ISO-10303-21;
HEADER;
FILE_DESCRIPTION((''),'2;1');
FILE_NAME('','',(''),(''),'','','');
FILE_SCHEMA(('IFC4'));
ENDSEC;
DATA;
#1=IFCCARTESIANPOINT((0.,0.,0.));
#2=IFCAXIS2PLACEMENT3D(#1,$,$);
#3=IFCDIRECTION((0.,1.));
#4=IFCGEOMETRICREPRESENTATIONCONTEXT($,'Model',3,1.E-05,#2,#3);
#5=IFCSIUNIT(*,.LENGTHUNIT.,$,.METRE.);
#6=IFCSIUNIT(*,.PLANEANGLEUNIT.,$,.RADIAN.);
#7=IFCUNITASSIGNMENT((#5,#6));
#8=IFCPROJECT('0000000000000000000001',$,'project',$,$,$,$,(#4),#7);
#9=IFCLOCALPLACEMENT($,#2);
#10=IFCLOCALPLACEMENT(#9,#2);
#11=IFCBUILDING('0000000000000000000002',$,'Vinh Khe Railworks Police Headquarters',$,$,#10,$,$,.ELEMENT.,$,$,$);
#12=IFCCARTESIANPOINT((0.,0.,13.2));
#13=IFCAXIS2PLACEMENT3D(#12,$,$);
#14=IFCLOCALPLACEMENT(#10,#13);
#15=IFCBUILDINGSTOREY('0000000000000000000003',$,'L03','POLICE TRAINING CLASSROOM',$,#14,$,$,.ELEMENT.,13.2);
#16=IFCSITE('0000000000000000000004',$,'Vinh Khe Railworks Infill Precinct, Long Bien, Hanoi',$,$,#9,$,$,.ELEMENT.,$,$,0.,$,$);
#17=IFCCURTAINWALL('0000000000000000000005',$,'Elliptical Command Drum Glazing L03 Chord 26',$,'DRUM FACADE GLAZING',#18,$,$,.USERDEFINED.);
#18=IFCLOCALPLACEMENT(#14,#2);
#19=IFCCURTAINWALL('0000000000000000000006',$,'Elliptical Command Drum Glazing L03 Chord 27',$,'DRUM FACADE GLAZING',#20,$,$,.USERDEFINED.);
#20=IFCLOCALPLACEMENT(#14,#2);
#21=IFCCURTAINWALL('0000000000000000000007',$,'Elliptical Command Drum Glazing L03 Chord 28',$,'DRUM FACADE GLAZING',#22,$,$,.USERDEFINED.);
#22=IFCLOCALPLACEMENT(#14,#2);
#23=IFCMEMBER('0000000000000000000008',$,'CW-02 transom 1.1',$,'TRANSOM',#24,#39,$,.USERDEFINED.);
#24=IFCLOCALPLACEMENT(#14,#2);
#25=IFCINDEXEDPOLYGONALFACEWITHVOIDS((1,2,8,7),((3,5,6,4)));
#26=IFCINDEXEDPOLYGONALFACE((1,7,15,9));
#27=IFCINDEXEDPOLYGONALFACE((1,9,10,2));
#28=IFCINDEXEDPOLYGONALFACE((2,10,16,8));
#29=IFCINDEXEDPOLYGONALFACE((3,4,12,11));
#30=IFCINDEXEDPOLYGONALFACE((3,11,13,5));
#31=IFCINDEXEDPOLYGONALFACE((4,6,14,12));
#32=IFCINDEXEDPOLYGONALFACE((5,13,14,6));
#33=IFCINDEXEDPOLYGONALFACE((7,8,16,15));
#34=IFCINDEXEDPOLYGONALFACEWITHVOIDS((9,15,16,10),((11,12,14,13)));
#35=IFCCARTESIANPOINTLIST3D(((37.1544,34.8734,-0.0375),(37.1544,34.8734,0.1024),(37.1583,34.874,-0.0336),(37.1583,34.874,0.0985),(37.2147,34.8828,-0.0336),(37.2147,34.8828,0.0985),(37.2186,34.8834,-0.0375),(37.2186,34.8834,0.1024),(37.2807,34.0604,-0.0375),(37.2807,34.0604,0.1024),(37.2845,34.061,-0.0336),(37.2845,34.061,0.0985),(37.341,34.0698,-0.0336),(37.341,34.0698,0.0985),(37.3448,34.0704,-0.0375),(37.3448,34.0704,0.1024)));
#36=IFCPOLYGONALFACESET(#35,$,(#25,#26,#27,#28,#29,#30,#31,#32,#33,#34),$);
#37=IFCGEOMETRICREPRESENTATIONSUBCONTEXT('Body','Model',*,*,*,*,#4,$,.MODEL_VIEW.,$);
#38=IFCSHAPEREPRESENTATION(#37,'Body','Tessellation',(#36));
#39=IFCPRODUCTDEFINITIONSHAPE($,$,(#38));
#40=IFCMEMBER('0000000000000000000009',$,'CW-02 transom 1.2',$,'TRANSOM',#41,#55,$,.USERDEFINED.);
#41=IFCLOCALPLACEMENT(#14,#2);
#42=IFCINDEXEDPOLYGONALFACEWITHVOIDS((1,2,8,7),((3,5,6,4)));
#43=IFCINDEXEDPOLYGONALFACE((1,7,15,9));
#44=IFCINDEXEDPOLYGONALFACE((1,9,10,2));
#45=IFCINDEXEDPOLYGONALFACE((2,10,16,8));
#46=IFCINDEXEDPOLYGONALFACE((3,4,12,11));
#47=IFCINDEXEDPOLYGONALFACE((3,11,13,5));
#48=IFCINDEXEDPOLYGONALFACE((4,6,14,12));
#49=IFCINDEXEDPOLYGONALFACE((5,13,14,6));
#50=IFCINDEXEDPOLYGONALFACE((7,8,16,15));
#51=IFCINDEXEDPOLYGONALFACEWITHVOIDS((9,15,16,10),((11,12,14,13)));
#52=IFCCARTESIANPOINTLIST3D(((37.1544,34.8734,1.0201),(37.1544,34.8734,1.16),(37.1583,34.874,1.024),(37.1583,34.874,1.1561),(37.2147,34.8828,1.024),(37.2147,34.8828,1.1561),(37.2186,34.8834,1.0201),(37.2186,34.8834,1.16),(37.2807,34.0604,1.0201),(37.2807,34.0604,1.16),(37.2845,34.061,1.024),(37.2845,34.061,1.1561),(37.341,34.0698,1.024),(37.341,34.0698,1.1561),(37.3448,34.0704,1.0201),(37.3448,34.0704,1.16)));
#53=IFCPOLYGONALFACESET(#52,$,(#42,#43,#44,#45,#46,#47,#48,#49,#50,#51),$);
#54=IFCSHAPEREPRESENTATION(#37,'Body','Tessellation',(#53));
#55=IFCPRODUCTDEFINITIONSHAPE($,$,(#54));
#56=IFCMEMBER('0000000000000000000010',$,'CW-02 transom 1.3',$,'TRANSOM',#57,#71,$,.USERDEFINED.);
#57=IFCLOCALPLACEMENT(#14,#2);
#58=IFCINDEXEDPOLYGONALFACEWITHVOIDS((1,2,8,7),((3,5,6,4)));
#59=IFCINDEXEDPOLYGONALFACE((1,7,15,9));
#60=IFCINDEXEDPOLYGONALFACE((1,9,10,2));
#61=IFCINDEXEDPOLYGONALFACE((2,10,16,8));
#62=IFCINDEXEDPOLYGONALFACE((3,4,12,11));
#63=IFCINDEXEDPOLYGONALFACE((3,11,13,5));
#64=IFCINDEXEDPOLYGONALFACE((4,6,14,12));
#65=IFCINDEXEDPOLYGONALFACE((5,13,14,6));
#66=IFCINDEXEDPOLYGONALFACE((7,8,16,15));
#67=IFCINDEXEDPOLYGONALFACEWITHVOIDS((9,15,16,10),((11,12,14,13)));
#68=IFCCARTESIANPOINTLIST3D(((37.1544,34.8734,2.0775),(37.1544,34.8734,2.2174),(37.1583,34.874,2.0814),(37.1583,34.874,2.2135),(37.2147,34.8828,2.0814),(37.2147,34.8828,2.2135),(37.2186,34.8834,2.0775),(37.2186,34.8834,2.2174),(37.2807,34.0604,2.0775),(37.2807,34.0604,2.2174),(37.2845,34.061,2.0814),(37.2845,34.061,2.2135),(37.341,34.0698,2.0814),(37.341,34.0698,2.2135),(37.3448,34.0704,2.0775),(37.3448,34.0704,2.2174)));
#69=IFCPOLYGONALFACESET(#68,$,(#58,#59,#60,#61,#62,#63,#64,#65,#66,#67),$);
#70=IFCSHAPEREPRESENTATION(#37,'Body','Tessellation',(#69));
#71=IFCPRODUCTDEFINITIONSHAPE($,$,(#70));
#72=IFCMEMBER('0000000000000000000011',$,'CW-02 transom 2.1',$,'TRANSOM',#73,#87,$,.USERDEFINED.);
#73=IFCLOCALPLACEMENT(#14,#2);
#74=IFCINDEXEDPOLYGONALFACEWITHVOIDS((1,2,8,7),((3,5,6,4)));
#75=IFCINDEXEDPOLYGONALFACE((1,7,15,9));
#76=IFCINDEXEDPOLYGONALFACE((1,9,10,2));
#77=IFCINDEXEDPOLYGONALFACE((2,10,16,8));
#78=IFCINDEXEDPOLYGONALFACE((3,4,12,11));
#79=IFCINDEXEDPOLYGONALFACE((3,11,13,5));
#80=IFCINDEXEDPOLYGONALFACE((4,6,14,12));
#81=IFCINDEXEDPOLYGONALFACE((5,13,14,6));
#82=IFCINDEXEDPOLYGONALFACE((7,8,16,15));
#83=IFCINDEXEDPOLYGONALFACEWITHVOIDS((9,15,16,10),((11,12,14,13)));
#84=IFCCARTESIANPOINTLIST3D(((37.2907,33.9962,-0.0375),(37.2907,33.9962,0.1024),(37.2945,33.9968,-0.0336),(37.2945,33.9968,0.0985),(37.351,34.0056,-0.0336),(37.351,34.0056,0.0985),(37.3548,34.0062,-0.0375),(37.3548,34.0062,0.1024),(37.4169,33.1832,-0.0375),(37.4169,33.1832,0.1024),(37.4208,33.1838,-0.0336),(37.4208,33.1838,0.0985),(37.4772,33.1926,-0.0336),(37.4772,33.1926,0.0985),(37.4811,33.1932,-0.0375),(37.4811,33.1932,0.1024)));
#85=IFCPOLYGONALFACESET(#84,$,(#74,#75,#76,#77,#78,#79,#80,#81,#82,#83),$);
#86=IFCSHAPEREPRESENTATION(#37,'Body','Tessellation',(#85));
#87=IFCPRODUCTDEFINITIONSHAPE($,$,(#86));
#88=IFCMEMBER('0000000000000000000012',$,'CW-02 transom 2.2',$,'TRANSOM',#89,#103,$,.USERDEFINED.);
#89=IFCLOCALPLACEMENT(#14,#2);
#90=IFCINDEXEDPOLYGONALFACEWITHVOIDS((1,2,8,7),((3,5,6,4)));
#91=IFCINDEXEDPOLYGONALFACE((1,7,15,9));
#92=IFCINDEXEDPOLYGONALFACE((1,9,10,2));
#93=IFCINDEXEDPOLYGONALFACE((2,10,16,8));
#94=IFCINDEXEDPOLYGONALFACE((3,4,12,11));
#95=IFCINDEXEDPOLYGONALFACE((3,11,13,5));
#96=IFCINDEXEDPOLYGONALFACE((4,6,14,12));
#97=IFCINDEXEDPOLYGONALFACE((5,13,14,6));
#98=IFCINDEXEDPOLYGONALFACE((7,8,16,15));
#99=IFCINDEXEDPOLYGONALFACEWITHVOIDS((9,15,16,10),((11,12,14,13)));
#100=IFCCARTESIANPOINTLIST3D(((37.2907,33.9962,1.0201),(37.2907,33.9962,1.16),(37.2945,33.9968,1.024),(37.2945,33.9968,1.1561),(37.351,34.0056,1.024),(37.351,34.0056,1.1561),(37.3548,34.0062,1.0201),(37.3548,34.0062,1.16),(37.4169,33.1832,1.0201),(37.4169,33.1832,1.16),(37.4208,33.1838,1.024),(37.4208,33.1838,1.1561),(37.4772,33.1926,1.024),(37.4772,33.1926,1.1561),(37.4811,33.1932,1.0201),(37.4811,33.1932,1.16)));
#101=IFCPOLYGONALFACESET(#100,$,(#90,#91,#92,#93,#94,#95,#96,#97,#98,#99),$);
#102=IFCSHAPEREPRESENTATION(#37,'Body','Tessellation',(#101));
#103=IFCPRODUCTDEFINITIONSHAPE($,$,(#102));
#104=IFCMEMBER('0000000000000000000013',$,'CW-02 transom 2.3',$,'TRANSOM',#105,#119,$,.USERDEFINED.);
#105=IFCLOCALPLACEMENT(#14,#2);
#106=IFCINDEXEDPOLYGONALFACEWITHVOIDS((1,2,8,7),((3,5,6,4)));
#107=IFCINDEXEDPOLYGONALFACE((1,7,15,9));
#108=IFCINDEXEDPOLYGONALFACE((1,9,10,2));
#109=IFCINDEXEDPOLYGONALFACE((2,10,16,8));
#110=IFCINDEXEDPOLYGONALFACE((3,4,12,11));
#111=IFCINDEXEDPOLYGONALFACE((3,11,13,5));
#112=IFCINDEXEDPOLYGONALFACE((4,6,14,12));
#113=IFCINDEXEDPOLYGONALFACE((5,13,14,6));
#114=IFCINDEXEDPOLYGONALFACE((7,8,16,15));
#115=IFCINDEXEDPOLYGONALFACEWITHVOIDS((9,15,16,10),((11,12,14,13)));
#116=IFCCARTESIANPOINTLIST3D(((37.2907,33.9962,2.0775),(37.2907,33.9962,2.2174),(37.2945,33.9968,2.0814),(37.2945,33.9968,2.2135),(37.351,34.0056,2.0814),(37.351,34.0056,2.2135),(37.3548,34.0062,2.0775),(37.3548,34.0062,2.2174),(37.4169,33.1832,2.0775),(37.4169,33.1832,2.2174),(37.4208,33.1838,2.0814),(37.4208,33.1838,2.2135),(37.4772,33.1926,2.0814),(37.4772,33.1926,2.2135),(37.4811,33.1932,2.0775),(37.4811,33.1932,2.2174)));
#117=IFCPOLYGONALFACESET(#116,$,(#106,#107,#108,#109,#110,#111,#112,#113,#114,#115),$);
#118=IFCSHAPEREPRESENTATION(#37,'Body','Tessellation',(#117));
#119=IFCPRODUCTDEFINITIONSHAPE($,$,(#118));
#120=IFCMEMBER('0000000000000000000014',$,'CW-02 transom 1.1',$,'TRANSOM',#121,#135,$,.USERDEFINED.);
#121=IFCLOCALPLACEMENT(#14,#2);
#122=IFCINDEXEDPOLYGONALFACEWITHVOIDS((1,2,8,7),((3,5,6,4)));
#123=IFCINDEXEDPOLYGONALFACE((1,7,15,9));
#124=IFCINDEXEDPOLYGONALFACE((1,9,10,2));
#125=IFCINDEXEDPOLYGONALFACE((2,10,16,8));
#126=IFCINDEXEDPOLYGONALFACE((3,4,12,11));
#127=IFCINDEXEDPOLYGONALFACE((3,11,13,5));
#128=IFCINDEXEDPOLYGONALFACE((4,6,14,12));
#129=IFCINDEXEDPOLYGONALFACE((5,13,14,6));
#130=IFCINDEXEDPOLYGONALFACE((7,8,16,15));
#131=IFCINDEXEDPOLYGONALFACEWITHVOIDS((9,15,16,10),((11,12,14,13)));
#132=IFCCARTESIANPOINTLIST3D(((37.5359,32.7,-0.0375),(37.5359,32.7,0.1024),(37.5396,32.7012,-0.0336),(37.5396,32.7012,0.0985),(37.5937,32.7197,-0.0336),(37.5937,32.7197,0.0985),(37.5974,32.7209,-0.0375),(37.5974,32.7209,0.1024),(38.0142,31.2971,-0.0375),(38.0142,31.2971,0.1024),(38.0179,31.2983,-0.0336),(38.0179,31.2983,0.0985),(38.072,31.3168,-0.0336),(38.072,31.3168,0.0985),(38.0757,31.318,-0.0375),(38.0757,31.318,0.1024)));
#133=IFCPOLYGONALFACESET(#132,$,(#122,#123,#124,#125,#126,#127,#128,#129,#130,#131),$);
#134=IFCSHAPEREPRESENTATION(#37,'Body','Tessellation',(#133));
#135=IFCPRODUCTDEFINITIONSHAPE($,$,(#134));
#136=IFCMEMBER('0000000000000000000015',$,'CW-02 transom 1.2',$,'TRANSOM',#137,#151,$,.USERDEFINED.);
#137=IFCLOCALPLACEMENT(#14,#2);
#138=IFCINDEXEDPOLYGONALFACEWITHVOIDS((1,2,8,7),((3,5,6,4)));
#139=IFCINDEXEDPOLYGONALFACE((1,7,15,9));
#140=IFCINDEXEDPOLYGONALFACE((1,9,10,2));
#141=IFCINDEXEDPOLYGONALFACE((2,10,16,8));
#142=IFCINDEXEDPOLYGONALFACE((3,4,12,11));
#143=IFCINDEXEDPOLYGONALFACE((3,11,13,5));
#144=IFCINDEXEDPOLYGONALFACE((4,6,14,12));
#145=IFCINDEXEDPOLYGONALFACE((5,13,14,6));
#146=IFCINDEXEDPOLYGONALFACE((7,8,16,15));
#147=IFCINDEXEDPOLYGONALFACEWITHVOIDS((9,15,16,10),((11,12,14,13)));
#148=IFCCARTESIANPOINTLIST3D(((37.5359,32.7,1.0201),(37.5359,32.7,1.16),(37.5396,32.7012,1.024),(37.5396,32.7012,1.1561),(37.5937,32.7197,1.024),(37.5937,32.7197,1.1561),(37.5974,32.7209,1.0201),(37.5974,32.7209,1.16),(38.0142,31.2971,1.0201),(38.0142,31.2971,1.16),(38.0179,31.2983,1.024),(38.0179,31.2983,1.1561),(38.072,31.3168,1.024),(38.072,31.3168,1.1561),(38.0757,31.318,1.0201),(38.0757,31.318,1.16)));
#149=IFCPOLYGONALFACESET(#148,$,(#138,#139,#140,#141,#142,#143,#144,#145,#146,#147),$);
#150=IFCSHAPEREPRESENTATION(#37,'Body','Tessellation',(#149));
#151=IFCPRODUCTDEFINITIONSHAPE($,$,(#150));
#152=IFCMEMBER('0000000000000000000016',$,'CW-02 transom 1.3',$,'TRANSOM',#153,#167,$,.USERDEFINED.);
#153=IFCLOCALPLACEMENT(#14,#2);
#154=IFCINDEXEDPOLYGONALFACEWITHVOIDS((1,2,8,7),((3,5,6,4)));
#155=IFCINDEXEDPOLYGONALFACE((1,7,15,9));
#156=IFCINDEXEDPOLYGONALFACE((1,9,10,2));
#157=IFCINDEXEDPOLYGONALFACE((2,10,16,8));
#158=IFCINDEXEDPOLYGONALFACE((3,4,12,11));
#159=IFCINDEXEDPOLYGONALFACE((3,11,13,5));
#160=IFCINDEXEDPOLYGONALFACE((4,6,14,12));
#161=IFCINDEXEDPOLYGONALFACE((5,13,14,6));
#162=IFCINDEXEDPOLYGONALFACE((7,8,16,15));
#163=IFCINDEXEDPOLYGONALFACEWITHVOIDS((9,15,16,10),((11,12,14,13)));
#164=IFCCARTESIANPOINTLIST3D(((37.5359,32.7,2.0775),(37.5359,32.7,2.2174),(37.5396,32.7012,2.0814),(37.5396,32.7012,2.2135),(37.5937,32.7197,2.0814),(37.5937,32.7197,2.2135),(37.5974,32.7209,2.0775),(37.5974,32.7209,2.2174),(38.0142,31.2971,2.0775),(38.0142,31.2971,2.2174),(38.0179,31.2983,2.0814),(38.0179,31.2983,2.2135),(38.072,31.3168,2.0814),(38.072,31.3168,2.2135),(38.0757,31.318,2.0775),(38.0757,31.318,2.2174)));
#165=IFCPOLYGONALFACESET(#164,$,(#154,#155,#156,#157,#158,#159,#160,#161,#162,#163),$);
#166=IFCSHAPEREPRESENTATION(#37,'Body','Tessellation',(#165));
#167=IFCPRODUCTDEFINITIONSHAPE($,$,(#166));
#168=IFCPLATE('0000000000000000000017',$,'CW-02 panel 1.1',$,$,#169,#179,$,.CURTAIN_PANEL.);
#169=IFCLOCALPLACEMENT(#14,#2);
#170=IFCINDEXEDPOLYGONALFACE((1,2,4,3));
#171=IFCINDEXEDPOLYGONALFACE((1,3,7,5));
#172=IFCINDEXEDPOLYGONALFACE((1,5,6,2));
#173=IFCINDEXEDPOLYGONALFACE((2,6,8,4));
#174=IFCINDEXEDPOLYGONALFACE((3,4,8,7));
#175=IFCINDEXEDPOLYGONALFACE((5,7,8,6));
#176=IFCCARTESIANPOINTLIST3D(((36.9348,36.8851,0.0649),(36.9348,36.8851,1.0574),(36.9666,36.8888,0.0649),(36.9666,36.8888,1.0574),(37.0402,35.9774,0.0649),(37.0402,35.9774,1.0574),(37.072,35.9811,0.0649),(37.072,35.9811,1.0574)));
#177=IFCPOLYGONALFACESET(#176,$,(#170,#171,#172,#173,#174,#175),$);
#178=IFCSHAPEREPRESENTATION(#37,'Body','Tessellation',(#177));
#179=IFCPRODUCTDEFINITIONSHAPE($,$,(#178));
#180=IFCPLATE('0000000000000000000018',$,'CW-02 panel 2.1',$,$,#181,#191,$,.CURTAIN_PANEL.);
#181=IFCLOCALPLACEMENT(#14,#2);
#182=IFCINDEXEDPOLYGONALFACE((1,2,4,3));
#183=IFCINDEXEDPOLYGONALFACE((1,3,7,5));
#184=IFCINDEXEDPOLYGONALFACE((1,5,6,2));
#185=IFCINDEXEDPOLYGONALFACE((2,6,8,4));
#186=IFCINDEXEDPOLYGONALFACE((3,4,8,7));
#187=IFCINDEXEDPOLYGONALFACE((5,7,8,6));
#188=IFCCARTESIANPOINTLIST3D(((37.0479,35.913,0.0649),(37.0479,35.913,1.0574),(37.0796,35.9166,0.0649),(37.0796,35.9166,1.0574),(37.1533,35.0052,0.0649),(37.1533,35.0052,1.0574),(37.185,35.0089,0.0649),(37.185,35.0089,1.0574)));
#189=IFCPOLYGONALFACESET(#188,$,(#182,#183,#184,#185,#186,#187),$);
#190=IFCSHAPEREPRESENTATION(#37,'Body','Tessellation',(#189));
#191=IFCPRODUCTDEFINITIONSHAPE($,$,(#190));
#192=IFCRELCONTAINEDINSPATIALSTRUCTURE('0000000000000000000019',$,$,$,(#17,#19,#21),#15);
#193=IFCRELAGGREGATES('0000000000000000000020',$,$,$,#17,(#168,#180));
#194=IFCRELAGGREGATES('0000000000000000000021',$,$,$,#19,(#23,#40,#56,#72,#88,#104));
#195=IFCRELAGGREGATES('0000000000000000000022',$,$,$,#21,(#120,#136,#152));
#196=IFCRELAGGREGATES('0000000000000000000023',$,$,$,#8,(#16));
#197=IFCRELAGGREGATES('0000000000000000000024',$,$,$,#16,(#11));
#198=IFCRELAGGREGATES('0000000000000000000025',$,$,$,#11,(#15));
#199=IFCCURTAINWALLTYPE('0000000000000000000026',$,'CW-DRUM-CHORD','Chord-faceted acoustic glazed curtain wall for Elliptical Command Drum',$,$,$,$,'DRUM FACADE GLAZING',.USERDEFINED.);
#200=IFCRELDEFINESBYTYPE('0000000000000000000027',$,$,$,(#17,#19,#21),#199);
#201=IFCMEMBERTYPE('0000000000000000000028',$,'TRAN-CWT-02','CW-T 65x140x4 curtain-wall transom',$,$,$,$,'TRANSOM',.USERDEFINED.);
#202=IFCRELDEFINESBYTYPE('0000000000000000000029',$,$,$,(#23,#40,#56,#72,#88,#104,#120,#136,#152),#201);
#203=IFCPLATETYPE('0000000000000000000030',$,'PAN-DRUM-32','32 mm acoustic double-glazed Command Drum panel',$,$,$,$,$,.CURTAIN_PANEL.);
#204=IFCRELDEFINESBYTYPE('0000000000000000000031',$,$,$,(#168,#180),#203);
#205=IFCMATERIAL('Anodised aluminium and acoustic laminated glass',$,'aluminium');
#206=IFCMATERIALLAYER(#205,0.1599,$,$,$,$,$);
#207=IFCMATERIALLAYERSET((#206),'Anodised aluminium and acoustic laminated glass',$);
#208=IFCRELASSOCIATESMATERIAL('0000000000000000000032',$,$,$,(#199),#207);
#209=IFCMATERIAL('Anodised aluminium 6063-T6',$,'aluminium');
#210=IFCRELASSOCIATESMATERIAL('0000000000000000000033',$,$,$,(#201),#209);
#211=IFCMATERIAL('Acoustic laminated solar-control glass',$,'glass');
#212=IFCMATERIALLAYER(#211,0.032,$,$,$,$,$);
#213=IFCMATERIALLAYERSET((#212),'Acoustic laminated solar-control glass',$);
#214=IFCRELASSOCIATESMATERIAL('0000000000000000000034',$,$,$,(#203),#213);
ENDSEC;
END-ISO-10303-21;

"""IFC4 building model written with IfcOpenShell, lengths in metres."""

from ifc_helpers import new_model, si_unit, direction, frame, origin, origin_2d, place, context, subcontext, project, spatial, rectangle, hollow_rectangle, extrude, material, layer, layer_set, material_profile, profile_set, type_object, element, aggregate, save


model = new_model("IFC4")

# Units and contexts
model_context = context("Model", 3, precision=1e-05, world=origin(), true_north=direction((0.0, 1.0)))
body_context = subcontext(model_context, "Body", "Model", "MODEL_VIEW")
ifc_project = project(units=[si_unit("LENGTHUNIT", "METRE"), si_unit("PLANEANGLEUNIT", "RADIAN")], contexts=[model_context])

# Site, building, storey
site_placement = place(None, origin())
site = spatial("IfcSite", under=ifc_project, at=site_placement, Name="Vinh Khe Railworks Infill Precinct, Long Bien, Hanoi", CompositionType="ELEMENT", RefElevation=0.0)
building_placement = place(site_placement, origin())
building = spatial("IfcBuilding", under=site, at=building_placement, Name="Vinh Khe Railworks Police Headquarters", CompositionType="ELEMENT")
storey_placement = place(building_placement, frame((0.0, 0.0, 13.2)))
storey = spatial("IfcBuildingStorey", under=building, at=storey_placement, Name="L03", Description="POLICE TRAINING CLASSROOM", CompositionType="ELEMENT", Elevation=13.2)

# Curtain walls
ifc_material_1 = material(Name="Anodised aluminium and acoustic laminated glass", Category="aluminium")
ifc_layer_1 = layer(ifc_material_1, 0.1599)
ifc_layer_set_1 = layer_set([ifc_layer_1], Name="Anodised aluminium and acoustic laminated glass")
curtain_wall_type = type_object("IfcCurtainWallType", Name="CW-DRUM-CHORD", Description="Chord-faceted acoustic glazed curtain wall for Elliptical Command Drum", ElementType="DRUM FACADE GLAZING", PredefinedType="USERDEFINED", material=ifc_layer_set_1)
curtain_wall_1_placement = place(storey_placement, origin())
curtain_wall_1 = element("IfcCurtainWall", 1, at=curtain_wall_1_placement, inside=storey, type_object=curtain_wall_type, Name="Elliptical Command Drum Glazing L03 Chord 26", ObjectType="DRUM FACADE GLAZING", PredefinedType="USERDEFINED")
ifc_material_2 = material(Name="Anodised aluminium 6063-T6", Category="aluminium")
curtain_wall_2_placement = place(storey_placement, origin())
curtain_wall_2 = element("IfcCurtainWall", 2, at=curtain_wall_2_placement, inside=storey, type_object=curtain_wall_type, Name="Elliptical Command Drum Glazing L03 Chord 27", ObjectType="DRUM FACADE GLAZING", PredefinedType="USERDEFINED")

# Curtain wall
curtain_wall_3_placement = place(storey_placement, origin())
curtain_wall_3 = element("IfcCurtainWall", 3, at=curtain_wall_3_placement, inside=storey, type_object=curtain_wall_type, Name="Elliptical Command Drum Glazing L03 Chord 28", ObjectType="DRUM FACADE GLAZING", PredefinedType="USERDEFINED")

# Members
ifc_material_profile_1 = material_profile(ifc_material_2, hollow_rectangle(XDim=0.0649, YDim=0.1399, WallThickness=0.0039, at=origin_2d()), Name="CW-T 65x140x4")
ifc_profile_set_1 = profile_set([ifc_material_profile_1], Name="Anodised aluminium 6063-T6")
member_type_1 = type_object("IfcMemberType", Name="TRAN-CWT-02", Description="CW-T 65x140x4 curtain-wall transom", ElementType="TRANSOM", PredefinedType="USERDEFINED", material=ifc_profile_set_1)
member_1_placement = place(storey_placement, frame((37.1865, 34.8784, 0.0325), z_axis=(0.153417, -0.988161, 0.0), x_axis=(0.988161, 0.153417, 0.0)))
member_1 = element("IfcMember", 4, at=member_1_placement, type_object=member_type_1, Name="CW-02 transom 1.1", ObjectType="TRANSOM", PredefinedType="USERDEFINED", context=body_context, shape_type="SweptSolid", body=[
    extrude(hollow_rectangle(XDim=0.0649, YDim=0.1399, WallThickness=0.0039, at=origin_2d()), origin(), (0.0, 0.0, 1.0), 0.8228),
])
member_2_placement = place(storey_placement, frame((37.1865, 34.8784, 1.0901), z_axis=(0.153417, -0.988161, 0.0), x_axis=(0.988161, 0.153417, 0.0)))
member_2 = element("IfcMember", 5, at=member_2_placement, type_object=member_type_1, Name="CW-02 transom 1.2", ObjectType="TRANSOM", PredefinedType="USERDEFINED", context=body_context, shape_type="SweptSolid", body=[
    extrude(hollow_rectangle(XDim=0.0649, YDim=0.1399, WallThickness=0.0039, at=origin_2d()), origin(), (0.0, 0.0, 1.0), 0.8228),
])
member_3_placement = place(storey_placement, frame((37.1865, 34.8784, 2.1475), z_axis=(0.153417, -0.988161, 0.0), x_axis=(0.988161, 0.153417, 0.0)))
member_3 = element("IfcMember", 6, at=member_3_placement, type_object=member_type_1, Name="CW-02 transom 1.3", ObjectType="TRANSOM", PredefinedType="USERDEFINED", context=body_context, shape_type="SweptSolid", body=[
    extrude(hollow_rectangle(XDim=0.0649, YDim=0.1399, WallThickness=0.0039, at=origin_2d()), origin(), (0.0, 0.0, 1.0), 0.8228),
])
member_4_placement = place(storey_placement, frame((37.3228, 34.0012, 0.0325), z_axis=(0.153417, -0.988161, 0.0), x_axis=(0.988161, 0.153417, 0.0)))
member_4 = element("IfcMember", 7, at=member_4_placement, type_object=member_type_1, Name="CW-02 transom 2.1", ObjectType="TRANSOM", PredefinedType="USERDEFINED", context=body_context, shape_type="SweptSolid", body=[
    extrude(hollow_rectangle(XDim=0.0649, YDim=0.1399, WallThickness=0.0039, at=origin_2d()), origin(), (0.0, 0.0, 1.0), 0.8228),
])
member_5_placement = place(storey_placement, frame((37.3228, 34.0012, 1.0901), z_axis=(0.153417, -0.988161, 0.0), x_axis=(0.988161, 0.153417, 0.0)))
member_5 = element("IfcMember", 8, at=member_5_placement, type_object=member_type_1, Name="CW-02 transom 2.2", ObjectType="TRANSOM", PredefinedType="USERDEFINED", context=body_context, shape_type="SweptSolid", body=[
    extrude(hollow_rectangle(XDim=0.0649, YDim=0.1399, WallThickness=0.0039, at=origin_2d()), origin(), (0.0, 0.0, 1.0), 0.8228),
])
member_6_placement = place(storey_placement, frame((37.3228, 34.0012, 2.1475), z_axis=(0.153417, -0.988161, 0.0), x_axis=(0.988161, 0.153417, 0.0)))
member_6 = element("IfcMember", 9, at=member_6_placement, type_object=member_type_1, Name="CW-02 transom 2.3", ObjectType="TRANSOM", PredefinedType="USERDEFINED", context=body_context, shape_type="SweptSolid", body=[
    extrude(hollow_rectangle(XDim=0.0649, YDim=0.1399, WallThickness=0.0039, at=origin_2d()), origin(), (0.0, 0.0, 1.0), 0.8228),
])
member_7_placement = place(storey_placement, frame((37.5667, 32.7104, 0.0325), z_axis=(0.322694, -0.946503, 0.0), x_axis=(0.946503, 0.322694, 0.0)))
member_7 = element("IfcMember", 10, at=member_7_placement, type_object=member_type_1, Name="CW-02 transom 1.1", ObjectType="TRANSOM", PredefinedType="USERDEFINED", context=body_context, shape_type="SweptSolid", body=[
    extrude(hollow_rectangle(XDim=0.0649, YDim=0.1399, WallThickness=0.0039, at=origin_2d()), origin(), (0.0, 0.0, 1.0), 1.4822),
])
member_8_placement = place(storey_placement, frame((37.5667, 32.7104, 1.0901), z_axis=(0.322694, -0.946503, 0.0), x_axis=(0.946503, 0.322694, 0.0)))
member_8 = element("IfcMember", 11, at=member_8_placement, type_object=member_type_1, Name="CW-02 transom 1.2", ObjectType="TRANSOM", PredefinedType="USERDEFINED", context=body_context, shape_type="SweptSolid", body=[
    extrude(hollow_rectangle(XDim=0.0649, YDim=0.1399, WallThickness=0.0039, at=origin_2d()), origin(), (0.0, 0.0, 1.0), 1.4822),
])
member_9_placement = place(storey_placement, frame((37.5667, 32.7104, 2.1475), z_axis=(0.322694, -0.946503, 0.0), x_axis=(0.946503, 0.322694, 0.0)))
member_9 = element("IfcMember", 12, at=member_9_placement, type_object=member_type_1, Name="CW-02 transom 1.3", ObjectType="TRANSOM", PredefinedType="USERDEFINED", context=body_context, shape_type="SweptSolid", body=[
    extrude(hollow_rectangle(XDim=0.0649, YDim=0.1399, WallThickness=0.0039, at=origin_2d()), origin(), (0.0, 0.0, 1.0), 1.4822),
])

# Plates
ifc_material_3 = material(Name="Acoustic laminated solar-control glass", Category="glass")
ifc_layer_2 = layer(ifc_material_3, 0.032)
ifc_layer_set_2 = layer_set([ifc_layer_2], Name="Acoustic laminated solar-control glass")
plate_type_1 = type_object("IfcPlateType", Name="PAN-DRUM-32", Description="32 mm acoustic double-glazed Command Drum panel", PredefinedType="CURTAIN_PANEL", material=ifc_layer_set_2)
plate_1_placement = place(storey_placement, frame((37.0034, 36.4331, 0.0649), z_axis=(0.0, 0.0, 1.0), x_axis=(0.115318, -0.993329, 0.0)))
plate_1 = element("IfcPlate", 13, at=plate_1_placement, type_object=plate_type_1, Name="CW-02 panel 1.1", PredefinedType="CURTAIN_PANEL", context=body_context, shape_type="SweptSolid", body=[
    extrude(rectangle(XDim=0.9138, YDim=0.032, at=origin_2d()), origin(), (0.0, 0.0, 1.0), 0.9924),
])
plate_2_placement = place(storey_placement, frame((37.1165, 35.4609, 0.0649), z_axis=(0.0, 0.0, 1.0), x_axis=(0.115318, -0.993329, 0.0)))
plate_2 = element("IfcPlate", 14, at=plate_2_placement, type_object=plate_type_1, Name="CW-02 panel 2.1", PredefinedType="CURTAIN_PANEL", context=body_context, shape_type="SweptSolid", body=[
    extrude(rectangle(XDim=0.9138, YDim=0.032, at=origin_2d()), origin(), (0.0, 0.0, 1.0), 0.9924),
])
aggregate(curtain_wall_1, [plate_1, plate_2])
aggregate(curtain_wall_2, [member_1, member_2, member_3, member_4, member_5, member_6])
aggregate(curtain_wall_3, [member_7, member_8, member_9])

save(model, "model.ifc")
